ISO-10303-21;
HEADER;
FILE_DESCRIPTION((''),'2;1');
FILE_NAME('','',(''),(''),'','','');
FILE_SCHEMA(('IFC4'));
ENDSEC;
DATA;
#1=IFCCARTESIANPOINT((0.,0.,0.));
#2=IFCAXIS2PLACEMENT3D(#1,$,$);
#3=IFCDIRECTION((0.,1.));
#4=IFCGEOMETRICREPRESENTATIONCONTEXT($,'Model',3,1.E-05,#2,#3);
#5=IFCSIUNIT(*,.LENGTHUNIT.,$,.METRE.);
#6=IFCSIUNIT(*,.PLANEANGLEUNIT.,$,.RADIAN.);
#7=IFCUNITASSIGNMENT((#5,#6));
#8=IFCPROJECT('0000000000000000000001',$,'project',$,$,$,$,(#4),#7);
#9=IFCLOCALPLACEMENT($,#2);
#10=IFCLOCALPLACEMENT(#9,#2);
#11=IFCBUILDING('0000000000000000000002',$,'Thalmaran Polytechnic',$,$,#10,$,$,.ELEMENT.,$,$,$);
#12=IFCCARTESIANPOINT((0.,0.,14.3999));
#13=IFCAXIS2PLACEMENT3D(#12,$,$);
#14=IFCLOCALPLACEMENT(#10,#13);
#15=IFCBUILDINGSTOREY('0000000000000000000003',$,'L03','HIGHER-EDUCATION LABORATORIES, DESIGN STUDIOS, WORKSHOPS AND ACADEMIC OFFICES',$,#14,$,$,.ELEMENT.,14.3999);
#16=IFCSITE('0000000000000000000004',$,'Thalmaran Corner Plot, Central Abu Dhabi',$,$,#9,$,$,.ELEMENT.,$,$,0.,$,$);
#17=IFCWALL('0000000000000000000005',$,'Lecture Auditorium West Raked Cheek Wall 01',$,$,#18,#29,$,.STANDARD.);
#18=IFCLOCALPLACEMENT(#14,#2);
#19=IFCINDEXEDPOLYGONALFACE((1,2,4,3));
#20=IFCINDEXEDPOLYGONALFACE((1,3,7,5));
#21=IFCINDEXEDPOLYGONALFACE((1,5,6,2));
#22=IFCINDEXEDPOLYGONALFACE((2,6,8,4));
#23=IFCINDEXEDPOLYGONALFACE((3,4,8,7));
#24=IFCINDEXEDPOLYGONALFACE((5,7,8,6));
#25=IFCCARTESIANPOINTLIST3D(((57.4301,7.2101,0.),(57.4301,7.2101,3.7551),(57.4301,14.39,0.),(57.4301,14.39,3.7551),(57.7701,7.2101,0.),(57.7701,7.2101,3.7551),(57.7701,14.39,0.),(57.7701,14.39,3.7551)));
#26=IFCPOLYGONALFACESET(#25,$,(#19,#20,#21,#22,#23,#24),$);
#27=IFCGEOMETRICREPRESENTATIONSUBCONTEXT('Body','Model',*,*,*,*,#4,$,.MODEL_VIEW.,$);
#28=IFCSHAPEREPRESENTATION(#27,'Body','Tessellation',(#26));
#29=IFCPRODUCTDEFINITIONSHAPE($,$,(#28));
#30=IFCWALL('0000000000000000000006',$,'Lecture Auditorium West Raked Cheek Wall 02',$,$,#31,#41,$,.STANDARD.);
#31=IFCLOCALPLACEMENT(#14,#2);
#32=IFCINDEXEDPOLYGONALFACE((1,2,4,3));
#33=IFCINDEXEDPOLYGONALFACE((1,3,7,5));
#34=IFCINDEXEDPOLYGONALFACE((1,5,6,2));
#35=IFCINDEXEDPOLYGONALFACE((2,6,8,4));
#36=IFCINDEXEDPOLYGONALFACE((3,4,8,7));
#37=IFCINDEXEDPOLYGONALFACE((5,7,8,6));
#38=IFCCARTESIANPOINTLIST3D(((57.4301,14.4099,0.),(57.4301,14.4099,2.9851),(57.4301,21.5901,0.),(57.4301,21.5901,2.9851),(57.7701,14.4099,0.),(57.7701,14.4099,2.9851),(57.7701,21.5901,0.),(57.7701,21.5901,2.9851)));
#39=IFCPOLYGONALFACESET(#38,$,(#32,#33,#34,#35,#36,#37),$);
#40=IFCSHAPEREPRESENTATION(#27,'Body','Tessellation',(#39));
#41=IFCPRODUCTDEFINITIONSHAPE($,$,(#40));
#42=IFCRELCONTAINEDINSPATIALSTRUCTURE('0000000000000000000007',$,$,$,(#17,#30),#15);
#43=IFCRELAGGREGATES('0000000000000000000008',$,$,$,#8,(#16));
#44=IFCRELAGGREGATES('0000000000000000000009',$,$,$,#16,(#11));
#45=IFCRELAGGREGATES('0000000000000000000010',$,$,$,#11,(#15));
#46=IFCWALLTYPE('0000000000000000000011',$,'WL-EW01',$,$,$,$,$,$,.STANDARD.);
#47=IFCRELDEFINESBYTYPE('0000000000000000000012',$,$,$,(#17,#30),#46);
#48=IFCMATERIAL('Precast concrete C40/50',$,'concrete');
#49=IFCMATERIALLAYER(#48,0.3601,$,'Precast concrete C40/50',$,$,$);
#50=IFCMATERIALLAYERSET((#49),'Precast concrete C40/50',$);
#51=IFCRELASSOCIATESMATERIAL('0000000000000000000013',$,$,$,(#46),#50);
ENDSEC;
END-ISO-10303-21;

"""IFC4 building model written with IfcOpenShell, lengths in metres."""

from ifc_helpers import new_model, si_unit, direction, frame, frame_2d, origin, place, context, subcontext, project, spatial, rectangle, extrude, material, layer, layer_set, type_object, element, save


model = new_model("IFC4")

# Units and contexts
model_context = context("Model", 3, precision=1e-05, world=origin(), true_north=direction((0.0, 1.0)))
body_context = subcontext(model_context, "Body", "Model", "MODEL_VIEW")
ifc_project = project(units=[si_unit("LENGTHUNIT", "METRE"), si_unit("PLANEANGLEUNIT", "RADIAN")], contexts=[model_context])

# Site, building, storey
site_placement = place(None, origin())
site = spatial("IfcSite", under=ifc_project, at=site_placement, Name="Thalmaran Corner Plot, Central Abu Dhabi", CompositionType="ELEMENT", RefElevation=0.0)
building_placement = place(site_placement, origin())
building = spatial("IfcBuilding", under=site, at=building_placement, Name="Thalmaran Polytechnic", CompositionType="ELEMENT")
storey_placement = place(building_placement, frame((0.0, 0.0, 14.3999)))
storey = spatial("IfcBuildingStorey", under=building, at=storey_placement, Name="L03", Description="HIGHER-EDUCATION LABORATORIES, DESIGN STUDIOS, WORKSHOPS AND ACADEMIC OFFICES", CompositionType="ELEMENT", Elevation=14.3999)

# Walls
ifc_material_1 = material(Name="Precast concrete C40/50", Category="concrete")
ifc_layer_1 = layer(ifc_material_1, 0.3601, Name="Precast concrete C40/50")
ifc_layer_set_1 = layer_set([ifc_layer_1], Name="Precast concrete C40/50")
wall_type = type_object("IfcWallType", Name="WL-EW01", PredefinedType="STANDARD", material=ifc_layer_set_1)
wall_1_placement = place(storey_placement, frame((57.6001, 14.3899, 0.0), z_axis=(0.0, 0.0, 1.0), x_axis=(0.0, -1.0, 0.0)))
element("IfcWall", 1, at=wall_1_placement, inside=storey, type_object=wall_type, Name="Lecture Auditorium West Raked Cheek Wall 01", PredefinedType="STANDARD", context=body_context, shape_type="SweptSolid", body=[
    extrude(rectangle(XDim=7.1799, YDim=0.3401, at=frame_2d((3.5898, 0.0))), origin(), (0.0, 0.0, 1.0), 3.7551),
])
wall_2_placement = place(storey_placement, frame((57.6001, 21.5901, 0.0), z_axis=(0.0, 0.0, 1.0), x_axis=(0.0, -1.0, 0.0)))
element("IfcWall", 2, at=wall_2_placement, inside=storey, type_object=wall_type, Name="Lecture Auditorium West Raked Cheek Wall 02", PredefinedType="STANDARD", context=body_context, shape_type="SweptSolid", body=[
    extrude(rectangle(XDim=7.1802, YDim=0.3401, at=frame_2d((3.5901, 0.0))), origin(), (0.0, 0.0, 1.0), 2.9851),
])

save(model, "model.ifc")
